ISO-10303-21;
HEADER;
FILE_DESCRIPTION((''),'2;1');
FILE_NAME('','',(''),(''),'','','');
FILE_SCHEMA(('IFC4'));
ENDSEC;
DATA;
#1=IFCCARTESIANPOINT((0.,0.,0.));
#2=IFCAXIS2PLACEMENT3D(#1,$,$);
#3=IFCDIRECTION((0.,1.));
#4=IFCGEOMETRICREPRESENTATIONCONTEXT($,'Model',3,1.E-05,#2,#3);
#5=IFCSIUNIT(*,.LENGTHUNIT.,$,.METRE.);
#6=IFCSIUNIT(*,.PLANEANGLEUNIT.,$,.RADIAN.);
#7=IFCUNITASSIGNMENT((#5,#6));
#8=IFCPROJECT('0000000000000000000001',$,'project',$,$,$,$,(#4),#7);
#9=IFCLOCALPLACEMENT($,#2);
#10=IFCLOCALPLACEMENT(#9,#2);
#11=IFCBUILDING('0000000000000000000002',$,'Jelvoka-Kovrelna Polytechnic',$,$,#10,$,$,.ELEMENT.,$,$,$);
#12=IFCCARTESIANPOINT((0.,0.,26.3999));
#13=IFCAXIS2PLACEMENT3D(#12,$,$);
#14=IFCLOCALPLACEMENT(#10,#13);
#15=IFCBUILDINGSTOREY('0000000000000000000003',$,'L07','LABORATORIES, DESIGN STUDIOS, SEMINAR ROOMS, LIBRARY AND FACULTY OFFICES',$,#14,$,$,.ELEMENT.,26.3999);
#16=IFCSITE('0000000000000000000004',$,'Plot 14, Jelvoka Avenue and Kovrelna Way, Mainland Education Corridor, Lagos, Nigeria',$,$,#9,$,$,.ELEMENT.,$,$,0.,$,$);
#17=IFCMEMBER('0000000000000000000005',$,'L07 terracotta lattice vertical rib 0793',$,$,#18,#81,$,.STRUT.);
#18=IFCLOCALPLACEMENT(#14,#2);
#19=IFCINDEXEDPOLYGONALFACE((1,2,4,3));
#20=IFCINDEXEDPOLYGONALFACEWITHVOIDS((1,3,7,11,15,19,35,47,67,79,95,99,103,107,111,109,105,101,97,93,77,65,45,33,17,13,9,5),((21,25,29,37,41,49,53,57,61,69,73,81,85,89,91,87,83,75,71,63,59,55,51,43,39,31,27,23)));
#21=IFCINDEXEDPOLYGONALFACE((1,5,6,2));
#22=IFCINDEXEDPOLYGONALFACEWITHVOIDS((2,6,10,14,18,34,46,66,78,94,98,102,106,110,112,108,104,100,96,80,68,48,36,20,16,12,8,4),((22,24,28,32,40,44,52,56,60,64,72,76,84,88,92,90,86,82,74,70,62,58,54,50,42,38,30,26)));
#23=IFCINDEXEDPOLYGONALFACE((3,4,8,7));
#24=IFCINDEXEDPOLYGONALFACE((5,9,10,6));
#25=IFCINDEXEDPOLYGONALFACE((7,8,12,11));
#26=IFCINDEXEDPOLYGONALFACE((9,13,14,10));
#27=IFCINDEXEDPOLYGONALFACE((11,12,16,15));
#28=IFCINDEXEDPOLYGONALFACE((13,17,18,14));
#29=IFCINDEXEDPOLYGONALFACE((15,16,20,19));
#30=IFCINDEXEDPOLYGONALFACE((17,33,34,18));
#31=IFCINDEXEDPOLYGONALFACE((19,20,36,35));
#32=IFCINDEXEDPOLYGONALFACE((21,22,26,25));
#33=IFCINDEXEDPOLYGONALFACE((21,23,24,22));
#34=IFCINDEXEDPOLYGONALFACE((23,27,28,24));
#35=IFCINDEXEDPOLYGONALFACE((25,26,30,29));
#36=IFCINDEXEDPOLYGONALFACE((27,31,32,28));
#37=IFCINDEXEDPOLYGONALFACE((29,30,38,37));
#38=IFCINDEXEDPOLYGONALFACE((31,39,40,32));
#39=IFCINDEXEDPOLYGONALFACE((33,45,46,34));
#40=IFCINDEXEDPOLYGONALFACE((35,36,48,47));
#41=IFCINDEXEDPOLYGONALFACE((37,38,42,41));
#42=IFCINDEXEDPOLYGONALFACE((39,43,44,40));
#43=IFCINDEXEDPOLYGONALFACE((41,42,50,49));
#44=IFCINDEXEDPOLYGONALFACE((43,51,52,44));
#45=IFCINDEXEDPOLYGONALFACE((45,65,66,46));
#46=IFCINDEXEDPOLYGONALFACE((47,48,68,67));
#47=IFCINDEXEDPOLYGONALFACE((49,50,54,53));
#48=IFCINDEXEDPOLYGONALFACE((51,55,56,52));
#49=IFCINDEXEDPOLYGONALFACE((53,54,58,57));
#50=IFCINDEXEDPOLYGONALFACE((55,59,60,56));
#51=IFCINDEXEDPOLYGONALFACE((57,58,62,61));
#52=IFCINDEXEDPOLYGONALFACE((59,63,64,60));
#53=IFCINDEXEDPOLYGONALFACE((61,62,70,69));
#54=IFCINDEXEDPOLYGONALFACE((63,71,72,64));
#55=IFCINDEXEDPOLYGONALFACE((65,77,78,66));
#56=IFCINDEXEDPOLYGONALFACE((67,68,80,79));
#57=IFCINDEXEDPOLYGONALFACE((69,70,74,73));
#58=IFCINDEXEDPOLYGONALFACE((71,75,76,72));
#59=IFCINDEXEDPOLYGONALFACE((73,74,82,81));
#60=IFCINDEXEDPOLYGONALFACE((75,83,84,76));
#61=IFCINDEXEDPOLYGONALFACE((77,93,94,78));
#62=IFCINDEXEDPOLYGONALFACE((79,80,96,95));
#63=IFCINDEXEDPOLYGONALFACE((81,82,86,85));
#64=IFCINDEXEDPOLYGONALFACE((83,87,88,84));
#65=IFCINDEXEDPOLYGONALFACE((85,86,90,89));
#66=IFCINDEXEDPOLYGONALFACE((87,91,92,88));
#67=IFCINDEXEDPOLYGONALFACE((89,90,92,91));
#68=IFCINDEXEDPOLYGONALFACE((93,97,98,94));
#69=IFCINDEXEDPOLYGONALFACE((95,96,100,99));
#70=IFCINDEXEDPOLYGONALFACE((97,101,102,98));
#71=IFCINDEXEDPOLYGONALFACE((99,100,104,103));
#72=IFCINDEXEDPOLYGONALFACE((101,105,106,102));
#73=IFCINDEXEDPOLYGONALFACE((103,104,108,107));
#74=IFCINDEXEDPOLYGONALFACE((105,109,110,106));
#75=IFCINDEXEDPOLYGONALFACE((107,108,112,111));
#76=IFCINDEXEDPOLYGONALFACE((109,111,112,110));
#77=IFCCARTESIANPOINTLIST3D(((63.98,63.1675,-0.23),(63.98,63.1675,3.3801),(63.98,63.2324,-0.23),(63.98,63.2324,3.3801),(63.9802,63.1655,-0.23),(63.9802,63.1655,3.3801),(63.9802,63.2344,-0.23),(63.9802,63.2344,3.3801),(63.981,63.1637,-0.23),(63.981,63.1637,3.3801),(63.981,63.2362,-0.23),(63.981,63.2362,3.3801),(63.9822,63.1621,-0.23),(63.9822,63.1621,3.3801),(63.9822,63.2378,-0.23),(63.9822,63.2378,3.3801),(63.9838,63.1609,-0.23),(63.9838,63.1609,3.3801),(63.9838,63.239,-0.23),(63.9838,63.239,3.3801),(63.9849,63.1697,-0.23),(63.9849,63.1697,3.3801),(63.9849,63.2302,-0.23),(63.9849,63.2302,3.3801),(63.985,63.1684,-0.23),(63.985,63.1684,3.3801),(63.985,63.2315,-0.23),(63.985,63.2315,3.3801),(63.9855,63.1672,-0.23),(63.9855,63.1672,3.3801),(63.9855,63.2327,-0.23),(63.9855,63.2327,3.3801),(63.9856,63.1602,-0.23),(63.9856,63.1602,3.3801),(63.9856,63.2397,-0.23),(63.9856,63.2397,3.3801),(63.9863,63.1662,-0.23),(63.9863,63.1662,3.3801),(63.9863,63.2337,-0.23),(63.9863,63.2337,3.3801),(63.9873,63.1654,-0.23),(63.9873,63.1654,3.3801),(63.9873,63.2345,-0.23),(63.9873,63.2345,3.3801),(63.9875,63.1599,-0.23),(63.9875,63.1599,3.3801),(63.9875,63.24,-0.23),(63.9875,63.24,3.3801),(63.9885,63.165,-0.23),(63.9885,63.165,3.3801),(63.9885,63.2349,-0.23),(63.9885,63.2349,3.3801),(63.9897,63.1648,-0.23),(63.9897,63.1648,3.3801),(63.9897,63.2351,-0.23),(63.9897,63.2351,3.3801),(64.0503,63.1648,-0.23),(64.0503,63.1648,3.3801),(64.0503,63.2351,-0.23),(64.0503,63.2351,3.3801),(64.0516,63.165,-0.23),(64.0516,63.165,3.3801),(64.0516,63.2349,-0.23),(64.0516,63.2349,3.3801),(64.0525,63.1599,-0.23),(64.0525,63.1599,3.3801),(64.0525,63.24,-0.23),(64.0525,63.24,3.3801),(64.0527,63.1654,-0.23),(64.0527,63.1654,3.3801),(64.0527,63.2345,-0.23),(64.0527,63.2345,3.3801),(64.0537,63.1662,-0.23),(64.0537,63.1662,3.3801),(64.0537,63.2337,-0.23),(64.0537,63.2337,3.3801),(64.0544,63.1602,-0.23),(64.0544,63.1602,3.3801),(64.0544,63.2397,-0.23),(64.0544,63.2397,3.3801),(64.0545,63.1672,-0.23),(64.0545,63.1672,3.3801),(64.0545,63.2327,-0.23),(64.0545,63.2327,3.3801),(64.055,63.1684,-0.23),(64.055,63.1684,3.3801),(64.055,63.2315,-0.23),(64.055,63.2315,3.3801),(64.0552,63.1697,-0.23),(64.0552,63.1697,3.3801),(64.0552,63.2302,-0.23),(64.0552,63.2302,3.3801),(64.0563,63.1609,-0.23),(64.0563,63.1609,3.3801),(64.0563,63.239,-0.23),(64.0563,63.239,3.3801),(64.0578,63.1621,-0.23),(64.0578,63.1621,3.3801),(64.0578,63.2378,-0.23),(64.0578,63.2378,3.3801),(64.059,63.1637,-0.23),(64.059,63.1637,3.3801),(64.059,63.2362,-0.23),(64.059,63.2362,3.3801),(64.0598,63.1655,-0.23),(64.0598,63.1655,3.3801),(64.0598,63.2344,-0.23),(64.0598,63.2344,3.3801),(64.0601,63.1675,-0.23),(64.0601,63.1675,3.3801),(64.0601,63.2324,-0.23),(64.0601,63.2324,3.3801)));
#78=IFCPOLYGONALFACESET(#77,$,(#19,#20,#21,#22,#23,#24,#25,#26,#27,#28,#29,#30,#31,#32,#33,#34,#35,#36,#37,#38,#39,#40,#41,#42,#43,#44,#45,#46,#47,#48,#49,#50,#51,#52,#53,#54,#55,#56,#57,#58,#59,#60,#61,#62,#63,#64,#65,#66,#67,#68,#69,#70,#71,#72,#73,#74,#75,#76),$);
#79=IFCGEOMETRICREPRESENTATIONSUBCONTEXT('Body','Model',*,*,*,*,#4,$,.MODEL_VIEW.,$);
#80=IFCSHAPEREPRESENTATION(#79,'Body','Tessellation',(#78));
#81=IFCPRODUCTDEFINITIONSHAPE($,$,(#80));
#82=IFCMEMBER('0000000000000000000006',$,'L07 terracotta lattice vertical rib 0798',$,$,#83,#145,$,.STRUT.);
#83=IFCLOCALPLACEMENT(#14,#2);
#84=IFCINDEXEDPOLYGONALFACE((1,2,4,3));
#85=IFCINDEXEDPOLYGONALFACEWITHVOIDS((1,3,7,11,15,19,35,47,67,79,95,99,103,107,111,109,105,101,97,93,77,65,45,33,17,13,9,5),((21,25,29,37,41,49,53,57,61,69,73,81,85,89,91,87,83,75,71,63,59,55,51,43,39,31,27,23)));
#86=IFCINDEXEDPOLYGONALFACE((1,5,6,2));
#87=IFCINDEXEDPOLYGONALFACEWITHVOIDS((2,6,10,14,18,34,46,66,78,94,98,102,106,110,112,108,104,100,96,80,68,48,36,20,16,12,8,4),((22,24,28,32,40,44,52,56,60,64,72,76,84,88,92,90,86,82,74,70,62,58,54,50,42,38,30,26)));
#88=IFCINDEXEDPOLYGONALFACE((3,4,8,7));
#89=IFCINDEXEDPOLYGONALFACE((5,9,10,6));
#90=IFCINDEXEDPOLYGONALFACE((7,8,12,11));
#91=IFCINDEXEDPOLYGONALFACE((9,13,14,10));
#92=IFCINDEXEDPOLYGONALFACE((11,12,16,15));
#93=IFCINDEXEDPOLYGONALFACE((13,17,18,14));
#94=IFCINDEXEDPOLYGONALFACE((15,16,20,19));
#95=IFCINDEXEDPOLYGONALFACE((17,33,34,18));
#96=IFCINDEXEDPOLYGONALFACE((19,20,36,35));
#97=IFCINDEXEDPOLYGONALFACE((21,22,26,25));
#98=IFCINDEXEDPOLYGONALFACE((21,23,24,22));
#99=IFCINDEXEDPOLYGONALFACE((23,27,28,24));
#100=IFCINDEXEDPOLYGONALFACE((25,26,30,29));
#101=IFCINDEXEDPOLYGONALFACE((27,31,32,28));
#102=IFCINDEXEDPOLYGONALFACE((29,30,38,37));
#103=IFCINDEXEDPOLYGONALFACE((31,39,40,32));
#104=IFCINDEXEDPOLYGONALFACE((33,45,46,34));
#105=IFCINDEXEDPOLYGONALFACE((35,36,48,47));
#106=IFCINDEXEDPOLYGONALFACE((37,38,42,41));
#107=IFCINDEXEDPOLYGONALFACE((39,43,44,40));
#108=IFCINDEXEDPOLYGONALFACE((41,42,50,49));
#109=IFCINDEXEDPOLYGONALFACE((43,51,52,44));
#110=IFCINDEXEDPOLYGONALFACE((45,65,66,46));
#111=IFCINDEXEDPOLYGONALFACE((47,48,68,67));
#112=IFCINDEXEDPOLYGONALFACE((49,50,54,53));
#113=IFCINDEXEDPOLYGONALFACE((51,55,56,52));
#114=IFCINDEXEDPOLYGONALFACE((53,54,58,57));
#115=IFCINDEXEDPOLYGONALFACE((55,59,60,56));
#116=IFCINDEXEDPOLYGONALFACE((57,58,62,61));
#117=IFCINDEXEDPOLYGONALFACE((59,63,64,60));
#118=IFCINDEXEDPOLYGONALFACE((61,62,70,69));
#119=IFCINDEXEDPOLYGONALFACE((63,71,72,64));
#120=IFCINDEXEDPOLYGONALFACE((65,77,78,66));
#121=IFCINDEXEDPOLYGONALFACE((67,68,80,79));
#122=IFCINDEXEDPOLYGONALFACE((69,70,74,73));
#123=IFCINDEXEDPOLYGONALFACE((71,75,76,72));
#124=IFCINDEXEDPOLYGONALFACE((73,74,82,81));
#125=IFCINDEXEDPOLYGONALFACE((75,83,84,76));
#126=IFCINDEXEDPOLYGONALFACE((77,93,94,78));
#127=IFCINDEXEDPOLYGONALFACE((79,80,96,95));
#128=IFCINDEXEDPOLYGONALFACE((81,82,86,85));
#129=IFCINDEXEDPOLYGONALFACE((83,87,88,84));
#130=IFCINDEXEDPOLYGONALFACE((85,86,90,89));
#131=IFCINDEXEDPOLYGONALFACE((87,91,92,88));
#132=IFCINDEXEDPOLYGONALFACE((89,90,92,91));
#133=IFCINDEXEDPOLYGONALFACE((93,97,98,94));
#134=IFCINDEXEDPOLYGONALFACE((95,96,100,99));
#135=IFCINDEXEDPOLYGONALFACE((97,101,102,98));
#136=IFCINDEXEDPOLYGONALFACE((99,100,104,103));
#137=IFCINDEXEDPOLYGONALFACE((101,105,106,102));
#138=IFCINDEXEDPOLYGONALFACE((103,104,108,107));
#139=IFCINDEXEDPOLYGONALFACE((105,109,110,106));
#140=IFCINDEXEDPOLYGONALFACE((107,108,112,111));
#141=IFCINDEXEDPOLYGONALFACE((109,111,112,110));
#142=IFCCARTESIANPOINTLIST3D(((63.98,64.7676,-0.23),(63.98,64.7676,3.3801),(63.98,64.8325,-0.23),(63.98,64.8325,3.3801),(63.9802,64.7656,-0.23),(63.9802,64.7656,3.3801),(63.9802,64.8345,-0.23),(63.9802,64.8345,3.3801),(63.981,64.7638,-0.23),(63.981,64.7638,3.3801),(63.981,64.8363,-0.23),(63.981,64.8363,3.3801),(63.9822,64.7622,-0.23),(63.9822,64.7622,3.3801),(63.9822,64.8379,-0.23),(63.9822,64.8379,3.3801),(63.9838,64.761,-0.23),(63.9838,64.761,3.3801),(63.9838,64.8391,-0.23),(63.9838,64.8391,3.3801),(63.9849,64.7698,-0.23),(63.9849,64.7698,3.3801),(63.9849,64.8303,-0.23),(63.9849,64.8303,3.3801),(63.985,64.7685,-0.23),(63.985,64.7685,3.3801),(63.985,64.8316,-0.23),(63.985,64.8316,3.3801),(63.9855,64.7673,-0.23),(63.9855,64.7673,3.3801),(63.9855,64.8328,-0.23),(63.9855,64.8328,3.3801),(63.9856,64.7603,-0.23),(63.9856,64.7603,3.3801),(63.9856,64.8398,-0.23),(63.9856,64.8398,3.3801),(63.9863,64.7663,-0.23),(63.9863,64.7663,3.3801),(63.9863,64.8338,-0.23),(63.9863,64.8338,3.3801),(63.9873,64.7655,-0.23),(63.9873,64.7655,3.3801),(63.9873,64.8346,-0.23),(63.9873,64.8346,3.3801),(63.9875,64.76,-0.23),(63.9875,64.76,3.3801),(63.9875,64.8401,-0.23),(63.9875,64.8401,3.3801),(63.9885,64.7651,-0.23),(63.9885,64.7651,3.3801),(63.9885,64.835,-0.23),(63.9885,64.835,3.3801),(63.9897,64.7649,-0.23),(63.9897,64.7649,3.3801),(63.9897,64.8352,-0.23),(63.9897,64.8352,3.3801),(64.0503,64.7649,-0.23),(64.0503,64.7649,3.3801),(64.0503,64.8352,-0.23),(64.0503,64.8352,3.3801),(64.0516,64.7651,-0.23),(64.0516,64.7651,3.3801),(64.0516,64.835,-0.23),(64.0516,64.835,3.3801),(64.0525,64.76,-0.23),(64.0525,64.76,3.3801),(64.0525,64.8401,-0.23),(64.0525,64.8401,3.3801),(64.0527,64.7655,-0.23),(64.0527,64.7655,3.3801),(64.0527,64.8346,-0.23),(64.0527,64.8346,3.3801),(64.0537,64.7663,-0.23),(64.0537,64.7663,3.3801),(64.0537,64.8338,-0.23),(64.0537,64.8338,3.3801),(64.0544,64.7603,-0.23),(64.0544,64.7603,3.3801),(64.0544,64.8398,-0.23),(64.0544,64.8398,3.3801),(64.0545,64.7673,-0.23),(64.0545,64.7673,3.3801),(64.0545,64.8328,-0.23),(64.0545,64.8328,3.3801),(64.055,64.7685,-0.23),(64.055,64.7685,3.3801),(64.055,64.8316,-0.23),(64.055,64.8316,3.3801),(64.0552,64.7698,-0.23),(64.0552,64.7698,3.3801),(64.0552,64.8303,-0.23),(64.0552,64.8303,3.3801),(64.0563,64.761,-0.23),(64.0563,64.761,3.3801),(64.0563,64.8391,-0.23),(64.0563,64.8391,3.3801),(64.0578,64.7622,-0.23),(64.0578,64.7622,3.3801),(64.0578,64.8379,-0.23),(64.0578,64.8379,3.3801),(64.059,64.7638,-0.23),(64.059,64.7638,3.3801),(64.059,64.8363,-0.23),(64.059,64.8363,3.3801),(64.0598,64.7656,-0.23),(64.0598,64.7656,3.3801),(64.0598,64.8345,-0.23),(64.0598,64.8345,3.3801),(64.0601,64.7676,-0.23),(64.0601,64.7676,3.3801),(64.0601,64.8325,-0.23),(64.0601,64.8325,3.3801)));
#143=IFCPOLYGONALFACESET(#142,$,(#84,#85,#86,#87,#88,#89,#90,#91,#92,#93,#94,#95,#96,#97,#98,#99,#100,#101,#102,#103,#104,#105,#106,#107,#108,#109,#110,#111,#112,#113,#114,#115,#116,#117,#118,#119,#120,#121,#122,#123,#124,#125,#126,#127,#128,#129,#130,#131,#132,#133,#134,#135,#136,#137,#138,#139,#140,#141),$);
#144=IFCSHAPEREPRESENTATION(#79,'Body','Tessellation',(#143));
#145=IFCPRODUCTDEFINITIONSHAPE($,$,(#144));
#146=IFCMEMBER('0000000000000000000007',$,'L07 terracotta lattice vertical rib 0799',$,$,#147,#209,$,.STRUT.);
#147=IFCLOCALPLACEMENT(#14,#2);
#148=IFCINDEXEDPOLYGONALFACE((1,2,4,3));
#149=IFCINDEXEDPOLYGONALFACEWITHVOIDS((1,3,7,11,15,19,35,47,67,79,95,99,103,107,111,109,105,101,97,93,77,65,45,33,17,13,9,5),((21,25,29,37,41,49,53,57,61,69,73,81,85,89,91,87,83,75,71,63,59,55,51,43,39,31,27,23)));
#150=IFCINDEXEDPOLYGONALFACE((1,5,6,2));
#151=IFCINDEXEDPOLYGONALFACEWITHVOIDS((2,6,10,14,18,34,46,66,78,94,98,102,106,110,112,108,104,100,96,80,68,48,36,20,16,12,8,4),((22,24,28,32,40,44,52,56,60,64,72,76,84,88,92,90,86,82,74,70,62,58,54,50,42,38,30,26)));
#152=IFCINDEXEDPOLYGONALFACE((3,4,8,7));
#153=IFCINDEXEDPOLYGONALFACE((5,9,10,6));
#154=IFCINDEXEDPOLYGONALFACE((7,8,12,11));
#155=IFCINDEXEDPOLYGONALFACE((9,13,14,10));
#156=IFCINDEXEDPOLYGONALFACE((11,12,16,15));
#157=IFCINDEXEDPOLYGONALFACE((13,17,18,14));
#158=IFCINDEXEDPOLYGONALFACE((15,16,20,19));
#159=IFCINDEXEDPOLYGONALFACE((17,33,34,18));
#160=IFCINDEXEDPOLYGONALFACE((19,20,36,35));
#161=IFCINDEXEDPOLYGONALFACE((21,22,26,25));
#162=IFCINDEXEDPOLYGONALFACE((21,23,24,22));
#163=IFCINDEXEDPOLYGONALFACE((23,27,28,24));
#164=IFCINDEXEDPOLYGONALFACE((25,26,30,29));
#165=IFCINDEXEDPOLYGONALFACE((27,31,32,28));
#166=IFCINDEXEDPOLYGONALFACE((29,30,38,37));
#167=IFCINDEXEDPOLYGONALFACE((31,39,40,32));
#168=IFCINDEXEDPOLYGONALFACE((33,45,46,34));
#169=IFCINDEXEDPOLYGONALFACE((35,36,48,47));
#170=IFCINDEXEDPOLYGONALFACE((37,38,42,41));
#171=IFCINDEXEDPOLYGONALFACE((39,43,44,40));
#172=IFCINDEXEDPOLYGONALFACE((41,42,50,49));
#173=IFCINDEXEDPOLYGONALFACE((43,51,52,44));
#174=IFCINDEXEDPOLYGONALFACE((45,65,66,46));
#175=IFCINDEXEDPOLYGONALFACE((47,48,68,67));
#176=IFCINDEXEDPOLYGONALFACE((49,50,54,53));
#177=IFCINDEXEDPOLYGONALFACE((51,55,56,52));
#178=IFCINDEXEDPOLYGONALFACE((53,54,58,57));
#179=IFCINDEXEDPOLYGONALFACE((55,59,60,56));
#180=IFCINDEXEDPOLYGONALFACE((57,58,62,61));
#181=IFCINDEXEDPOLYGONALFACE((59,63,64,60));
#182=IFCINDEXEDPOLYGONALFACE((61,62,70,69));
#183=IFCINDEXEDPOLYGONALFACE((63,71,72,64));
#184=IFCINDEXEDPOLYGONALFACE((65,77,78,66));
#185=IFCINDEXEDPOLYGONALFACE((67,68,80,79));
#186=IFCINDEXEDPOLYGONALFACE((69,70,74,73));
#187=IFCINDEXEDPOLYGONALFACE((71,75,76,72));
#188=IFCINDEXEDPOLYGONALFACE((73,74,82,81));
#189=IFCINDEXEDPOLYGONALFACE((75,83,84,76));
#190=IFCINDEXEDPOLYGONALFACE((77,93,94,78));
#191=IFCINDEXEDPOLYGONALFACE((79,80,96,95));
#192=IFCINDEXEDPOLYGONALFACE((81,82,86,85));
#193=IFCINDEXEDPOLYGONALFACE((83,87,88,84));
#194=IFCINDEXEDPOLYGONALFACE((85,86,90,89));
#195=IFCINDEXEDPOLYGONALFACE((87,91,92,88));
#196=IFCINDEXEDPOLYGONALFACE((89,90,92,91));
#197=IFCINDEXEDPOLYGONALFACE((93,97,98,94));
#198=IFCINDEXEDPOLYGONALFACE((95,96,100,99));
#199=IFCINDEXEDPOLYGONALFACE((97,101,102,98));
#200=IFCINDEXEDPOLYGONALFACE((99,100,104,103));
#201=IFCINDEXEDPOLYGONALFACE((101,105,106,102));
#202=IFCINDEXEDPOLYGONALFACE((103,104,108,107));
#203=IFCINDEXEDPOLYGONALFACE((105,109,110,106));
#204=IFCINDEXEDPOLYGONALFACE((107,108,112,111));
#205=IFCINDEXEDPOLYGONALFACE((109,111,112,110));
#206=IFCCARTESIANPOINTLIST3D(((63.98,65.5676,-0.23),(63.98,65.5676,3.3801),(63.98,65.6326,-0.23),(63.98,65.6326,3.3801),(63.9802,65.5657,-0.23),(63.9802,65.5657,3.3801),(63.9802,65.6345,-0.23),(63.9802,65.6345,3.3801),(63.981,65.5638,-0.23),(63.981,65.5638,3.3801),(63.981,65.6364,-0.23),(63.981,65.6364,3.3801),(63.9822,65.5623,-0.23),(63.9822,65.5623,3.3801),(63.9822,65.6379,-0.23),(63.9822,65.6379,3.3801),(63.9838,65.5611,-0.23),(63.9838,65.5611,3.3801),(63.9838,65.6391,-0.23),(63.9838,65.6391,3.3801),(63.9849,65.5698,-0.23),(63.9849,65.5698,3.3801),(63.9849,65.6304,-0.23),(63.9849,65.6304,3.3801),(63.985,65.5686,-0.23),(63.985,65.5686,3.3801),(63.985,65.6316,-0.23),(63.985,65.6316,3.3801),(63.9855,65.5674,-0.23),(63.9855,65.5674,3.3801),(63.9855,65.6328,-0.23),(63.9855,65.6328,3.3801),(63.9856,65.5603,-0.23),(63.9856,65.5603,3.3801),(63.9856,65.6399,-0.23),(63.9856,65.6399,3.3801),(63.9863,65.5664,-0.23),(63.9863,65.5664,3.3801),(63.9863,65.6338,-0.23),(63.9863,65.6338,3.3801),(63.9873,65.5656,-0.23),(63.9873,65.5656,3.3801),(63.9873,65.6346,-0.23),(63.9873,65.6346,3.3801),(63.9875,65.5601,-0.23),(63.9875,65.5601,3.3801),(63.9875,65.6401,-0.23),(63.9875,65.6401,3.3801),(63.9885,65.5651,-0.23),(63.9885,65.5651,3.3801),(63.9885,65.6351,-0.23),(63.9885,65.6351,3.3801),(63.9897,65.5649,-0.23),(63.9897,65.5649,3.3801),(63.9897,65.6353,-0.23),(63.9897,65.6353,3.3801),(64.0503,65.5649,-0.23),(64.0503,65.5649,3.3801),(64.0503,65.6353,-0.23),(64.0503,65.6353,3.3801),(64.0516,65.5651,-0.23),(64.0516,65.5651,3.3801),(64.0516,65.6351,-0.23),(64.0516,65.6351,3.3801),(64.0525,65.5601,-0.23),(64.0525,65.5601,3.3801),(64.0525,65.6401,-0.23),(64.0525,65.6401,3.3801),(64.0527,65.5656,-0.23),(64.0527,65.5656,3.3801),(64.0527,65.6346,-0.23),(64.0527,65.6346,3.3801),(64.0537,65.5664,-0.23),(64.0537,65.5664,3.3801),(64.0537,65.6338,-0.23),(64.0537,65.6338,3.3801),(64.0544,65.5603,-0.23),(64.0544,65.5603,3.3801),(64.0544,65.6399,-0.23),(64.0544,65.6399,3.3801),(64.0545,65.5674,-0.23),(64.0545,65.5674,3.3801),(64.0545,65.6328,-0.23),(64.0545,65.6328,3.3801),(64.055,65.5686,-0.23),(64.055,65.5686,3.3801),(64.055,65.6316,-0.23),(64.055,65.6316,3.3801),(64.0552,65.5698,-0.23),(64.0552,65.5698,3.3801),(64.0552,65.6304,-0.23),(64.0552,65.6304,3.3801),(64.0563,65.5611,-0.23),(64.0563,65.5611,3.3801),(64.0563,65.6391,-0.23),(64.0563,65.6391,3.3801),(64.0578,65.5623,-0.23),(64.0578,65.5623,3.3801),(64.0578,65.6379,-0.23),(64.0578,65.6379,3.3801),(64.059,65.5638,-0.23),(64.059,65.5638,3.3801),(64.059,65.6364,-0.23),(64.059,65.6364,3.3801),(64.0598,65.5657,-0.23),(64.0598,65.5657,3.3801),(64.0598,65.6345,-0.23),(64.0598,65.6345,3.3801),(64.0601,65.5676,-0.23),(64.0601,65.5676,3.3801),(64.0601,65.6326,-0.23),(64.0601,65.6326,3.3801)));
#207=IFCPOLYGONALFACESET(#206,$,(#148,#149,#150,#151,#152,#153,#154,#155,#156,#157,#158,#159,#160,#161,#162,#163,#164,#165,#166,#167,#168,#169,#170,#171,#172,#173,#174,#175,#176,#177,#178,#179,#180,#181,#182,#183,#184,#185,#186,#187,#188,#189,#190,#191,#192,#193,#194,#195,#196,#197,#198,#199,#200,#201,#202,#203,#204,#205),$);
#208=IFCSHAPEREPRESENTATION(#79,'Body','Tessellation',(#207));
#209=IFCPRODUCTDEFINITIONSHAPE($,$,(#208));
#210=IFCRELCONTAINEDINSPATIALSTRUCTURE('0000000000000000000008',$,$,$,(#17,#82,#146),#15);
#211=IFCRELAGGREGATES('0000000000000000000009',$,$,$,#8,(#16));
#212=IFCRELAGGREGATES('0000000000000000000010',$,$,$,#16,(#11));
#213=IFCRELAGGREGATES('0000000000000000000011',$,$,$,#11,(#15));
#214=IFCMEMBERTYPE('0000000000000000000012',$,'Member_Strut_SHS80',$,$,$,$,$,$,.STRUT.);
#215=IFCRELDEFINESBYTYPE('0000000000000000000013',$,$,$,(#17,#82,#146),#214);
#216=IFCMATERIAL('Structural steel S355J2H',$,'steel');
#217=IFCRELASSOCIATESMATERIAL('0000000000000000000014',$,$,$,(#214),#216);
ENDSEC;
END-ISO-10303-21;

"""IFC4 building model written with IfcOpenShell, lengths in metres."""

from ifc_helpers import new_model, si_unit, direction, frame, origin, origin_2d, place, context, subcontext, project, spatial, hollow_rectangle, extrude, material, material_profile, profile_set, type_object, element, save


model = new_model("IFC4")

# Units and contexts
model_context = context("Model", 3, precision=1e-05, world=origin(), true_north=direction((0.0, 1.0)))
body_context = subcontext(model_context, "Body", "Model", "MODEL_VIEW")
ifc_project = project(units=[si_unit("LENGTHUNIT", "METRE"), si_unit("PLANEANGLEUNIT", "RADIAN")], contexts=[model_context])

# Site, building, storey
site_placement = place(None, origin())
site = spatial("IfcSite", under=ifc_project, at=site_placement, Name="Plot 14, Jelvoka Avenue and Kovrelna Way, Mainland Education Corridor, Lagos, Nigeria", CompositionType="ELEMENT", RefElevation=0.0)
building_placement = place(site_placement, origin())
building = spatial("IfcBuilding", under=site, at=building_placement, Name="Jelvoka-Kovrelna Polytechnic", CompositionType="ELEMENT")
storey_placement = place(building_placement, frame((0.0, 0.0, 26.3999)))
storey = spatial("IfcBuildingStorey", under=building, at=storey_placement, Name="L07", Description="LABORATORIES, DESIGN STUDIOS, SEMINAR ROOMS, LIBRARY AND FACULTY OFFICES", CompositionType="ELEMENT", Elevation=26.3999)

# Members
ifc_material_1 = material(Name="Structural steel S355J2H", Category="steel")
ifc_material_profile_1 = material_profile(ifc_material_1, hollow_rectangle(XDim=0.0801, YDim=0.0801, WallThickness=0.0049, InnerFilletRadius=0.0049, OuterFilletRadius=0.0076, at=origin_2d()), Name="80x80x5.0 SHS")
ifc_profile_set_1 = profile_set([ifc_material_profile_1], Name="Structural steel S355J2H")
member_type_1 = type_object("IfcMemberType", Name="Member_Strut_SHS80", PredefinedType="STRUT", material=ifc_profile_set_1)
for number, where, z_axis, x_axis, name in (
    (1, (64.02, 63.2, -0.23), (0.0, 0.0, 1.0), (1.0, 0.0, 0.0), "L07 terracotta lattice vertical rib 0793"),
    (2, (64.02, 64.8, -0.23), (0.0, 0.0, 1.0), (1.0, 0.0, 0.0), "L07 terracotta lattice vertical rib 0798"),
    (3, (64.02, 65.6001, -0.23), (0.0, 0.0, 1.0), (1.0, 0.0, 0.0), "L07 terracotta lattice vertical rib 0799"),
):
    element("IfcMember", number, at=place(storey_placement, frame(where, z_axis=z_axis, x_axis=x_axis)), inside=storey, type_object=member_type_1, Name=name, PredefinedType="STRUT", context=body_context, shape_type="SweptSolid", body=[
        extrude(hollow_rectangle(XDim=0.0801, YDim=0.0801, WallThickness=0.0049, InnerFilletRadius=0.0049, OuterFilletRadius=0.0076, at=origin_2d()), origin(), (0.0, 0.0, 1.0), 3.6101),
    ])

save(model, "model.ifc")
